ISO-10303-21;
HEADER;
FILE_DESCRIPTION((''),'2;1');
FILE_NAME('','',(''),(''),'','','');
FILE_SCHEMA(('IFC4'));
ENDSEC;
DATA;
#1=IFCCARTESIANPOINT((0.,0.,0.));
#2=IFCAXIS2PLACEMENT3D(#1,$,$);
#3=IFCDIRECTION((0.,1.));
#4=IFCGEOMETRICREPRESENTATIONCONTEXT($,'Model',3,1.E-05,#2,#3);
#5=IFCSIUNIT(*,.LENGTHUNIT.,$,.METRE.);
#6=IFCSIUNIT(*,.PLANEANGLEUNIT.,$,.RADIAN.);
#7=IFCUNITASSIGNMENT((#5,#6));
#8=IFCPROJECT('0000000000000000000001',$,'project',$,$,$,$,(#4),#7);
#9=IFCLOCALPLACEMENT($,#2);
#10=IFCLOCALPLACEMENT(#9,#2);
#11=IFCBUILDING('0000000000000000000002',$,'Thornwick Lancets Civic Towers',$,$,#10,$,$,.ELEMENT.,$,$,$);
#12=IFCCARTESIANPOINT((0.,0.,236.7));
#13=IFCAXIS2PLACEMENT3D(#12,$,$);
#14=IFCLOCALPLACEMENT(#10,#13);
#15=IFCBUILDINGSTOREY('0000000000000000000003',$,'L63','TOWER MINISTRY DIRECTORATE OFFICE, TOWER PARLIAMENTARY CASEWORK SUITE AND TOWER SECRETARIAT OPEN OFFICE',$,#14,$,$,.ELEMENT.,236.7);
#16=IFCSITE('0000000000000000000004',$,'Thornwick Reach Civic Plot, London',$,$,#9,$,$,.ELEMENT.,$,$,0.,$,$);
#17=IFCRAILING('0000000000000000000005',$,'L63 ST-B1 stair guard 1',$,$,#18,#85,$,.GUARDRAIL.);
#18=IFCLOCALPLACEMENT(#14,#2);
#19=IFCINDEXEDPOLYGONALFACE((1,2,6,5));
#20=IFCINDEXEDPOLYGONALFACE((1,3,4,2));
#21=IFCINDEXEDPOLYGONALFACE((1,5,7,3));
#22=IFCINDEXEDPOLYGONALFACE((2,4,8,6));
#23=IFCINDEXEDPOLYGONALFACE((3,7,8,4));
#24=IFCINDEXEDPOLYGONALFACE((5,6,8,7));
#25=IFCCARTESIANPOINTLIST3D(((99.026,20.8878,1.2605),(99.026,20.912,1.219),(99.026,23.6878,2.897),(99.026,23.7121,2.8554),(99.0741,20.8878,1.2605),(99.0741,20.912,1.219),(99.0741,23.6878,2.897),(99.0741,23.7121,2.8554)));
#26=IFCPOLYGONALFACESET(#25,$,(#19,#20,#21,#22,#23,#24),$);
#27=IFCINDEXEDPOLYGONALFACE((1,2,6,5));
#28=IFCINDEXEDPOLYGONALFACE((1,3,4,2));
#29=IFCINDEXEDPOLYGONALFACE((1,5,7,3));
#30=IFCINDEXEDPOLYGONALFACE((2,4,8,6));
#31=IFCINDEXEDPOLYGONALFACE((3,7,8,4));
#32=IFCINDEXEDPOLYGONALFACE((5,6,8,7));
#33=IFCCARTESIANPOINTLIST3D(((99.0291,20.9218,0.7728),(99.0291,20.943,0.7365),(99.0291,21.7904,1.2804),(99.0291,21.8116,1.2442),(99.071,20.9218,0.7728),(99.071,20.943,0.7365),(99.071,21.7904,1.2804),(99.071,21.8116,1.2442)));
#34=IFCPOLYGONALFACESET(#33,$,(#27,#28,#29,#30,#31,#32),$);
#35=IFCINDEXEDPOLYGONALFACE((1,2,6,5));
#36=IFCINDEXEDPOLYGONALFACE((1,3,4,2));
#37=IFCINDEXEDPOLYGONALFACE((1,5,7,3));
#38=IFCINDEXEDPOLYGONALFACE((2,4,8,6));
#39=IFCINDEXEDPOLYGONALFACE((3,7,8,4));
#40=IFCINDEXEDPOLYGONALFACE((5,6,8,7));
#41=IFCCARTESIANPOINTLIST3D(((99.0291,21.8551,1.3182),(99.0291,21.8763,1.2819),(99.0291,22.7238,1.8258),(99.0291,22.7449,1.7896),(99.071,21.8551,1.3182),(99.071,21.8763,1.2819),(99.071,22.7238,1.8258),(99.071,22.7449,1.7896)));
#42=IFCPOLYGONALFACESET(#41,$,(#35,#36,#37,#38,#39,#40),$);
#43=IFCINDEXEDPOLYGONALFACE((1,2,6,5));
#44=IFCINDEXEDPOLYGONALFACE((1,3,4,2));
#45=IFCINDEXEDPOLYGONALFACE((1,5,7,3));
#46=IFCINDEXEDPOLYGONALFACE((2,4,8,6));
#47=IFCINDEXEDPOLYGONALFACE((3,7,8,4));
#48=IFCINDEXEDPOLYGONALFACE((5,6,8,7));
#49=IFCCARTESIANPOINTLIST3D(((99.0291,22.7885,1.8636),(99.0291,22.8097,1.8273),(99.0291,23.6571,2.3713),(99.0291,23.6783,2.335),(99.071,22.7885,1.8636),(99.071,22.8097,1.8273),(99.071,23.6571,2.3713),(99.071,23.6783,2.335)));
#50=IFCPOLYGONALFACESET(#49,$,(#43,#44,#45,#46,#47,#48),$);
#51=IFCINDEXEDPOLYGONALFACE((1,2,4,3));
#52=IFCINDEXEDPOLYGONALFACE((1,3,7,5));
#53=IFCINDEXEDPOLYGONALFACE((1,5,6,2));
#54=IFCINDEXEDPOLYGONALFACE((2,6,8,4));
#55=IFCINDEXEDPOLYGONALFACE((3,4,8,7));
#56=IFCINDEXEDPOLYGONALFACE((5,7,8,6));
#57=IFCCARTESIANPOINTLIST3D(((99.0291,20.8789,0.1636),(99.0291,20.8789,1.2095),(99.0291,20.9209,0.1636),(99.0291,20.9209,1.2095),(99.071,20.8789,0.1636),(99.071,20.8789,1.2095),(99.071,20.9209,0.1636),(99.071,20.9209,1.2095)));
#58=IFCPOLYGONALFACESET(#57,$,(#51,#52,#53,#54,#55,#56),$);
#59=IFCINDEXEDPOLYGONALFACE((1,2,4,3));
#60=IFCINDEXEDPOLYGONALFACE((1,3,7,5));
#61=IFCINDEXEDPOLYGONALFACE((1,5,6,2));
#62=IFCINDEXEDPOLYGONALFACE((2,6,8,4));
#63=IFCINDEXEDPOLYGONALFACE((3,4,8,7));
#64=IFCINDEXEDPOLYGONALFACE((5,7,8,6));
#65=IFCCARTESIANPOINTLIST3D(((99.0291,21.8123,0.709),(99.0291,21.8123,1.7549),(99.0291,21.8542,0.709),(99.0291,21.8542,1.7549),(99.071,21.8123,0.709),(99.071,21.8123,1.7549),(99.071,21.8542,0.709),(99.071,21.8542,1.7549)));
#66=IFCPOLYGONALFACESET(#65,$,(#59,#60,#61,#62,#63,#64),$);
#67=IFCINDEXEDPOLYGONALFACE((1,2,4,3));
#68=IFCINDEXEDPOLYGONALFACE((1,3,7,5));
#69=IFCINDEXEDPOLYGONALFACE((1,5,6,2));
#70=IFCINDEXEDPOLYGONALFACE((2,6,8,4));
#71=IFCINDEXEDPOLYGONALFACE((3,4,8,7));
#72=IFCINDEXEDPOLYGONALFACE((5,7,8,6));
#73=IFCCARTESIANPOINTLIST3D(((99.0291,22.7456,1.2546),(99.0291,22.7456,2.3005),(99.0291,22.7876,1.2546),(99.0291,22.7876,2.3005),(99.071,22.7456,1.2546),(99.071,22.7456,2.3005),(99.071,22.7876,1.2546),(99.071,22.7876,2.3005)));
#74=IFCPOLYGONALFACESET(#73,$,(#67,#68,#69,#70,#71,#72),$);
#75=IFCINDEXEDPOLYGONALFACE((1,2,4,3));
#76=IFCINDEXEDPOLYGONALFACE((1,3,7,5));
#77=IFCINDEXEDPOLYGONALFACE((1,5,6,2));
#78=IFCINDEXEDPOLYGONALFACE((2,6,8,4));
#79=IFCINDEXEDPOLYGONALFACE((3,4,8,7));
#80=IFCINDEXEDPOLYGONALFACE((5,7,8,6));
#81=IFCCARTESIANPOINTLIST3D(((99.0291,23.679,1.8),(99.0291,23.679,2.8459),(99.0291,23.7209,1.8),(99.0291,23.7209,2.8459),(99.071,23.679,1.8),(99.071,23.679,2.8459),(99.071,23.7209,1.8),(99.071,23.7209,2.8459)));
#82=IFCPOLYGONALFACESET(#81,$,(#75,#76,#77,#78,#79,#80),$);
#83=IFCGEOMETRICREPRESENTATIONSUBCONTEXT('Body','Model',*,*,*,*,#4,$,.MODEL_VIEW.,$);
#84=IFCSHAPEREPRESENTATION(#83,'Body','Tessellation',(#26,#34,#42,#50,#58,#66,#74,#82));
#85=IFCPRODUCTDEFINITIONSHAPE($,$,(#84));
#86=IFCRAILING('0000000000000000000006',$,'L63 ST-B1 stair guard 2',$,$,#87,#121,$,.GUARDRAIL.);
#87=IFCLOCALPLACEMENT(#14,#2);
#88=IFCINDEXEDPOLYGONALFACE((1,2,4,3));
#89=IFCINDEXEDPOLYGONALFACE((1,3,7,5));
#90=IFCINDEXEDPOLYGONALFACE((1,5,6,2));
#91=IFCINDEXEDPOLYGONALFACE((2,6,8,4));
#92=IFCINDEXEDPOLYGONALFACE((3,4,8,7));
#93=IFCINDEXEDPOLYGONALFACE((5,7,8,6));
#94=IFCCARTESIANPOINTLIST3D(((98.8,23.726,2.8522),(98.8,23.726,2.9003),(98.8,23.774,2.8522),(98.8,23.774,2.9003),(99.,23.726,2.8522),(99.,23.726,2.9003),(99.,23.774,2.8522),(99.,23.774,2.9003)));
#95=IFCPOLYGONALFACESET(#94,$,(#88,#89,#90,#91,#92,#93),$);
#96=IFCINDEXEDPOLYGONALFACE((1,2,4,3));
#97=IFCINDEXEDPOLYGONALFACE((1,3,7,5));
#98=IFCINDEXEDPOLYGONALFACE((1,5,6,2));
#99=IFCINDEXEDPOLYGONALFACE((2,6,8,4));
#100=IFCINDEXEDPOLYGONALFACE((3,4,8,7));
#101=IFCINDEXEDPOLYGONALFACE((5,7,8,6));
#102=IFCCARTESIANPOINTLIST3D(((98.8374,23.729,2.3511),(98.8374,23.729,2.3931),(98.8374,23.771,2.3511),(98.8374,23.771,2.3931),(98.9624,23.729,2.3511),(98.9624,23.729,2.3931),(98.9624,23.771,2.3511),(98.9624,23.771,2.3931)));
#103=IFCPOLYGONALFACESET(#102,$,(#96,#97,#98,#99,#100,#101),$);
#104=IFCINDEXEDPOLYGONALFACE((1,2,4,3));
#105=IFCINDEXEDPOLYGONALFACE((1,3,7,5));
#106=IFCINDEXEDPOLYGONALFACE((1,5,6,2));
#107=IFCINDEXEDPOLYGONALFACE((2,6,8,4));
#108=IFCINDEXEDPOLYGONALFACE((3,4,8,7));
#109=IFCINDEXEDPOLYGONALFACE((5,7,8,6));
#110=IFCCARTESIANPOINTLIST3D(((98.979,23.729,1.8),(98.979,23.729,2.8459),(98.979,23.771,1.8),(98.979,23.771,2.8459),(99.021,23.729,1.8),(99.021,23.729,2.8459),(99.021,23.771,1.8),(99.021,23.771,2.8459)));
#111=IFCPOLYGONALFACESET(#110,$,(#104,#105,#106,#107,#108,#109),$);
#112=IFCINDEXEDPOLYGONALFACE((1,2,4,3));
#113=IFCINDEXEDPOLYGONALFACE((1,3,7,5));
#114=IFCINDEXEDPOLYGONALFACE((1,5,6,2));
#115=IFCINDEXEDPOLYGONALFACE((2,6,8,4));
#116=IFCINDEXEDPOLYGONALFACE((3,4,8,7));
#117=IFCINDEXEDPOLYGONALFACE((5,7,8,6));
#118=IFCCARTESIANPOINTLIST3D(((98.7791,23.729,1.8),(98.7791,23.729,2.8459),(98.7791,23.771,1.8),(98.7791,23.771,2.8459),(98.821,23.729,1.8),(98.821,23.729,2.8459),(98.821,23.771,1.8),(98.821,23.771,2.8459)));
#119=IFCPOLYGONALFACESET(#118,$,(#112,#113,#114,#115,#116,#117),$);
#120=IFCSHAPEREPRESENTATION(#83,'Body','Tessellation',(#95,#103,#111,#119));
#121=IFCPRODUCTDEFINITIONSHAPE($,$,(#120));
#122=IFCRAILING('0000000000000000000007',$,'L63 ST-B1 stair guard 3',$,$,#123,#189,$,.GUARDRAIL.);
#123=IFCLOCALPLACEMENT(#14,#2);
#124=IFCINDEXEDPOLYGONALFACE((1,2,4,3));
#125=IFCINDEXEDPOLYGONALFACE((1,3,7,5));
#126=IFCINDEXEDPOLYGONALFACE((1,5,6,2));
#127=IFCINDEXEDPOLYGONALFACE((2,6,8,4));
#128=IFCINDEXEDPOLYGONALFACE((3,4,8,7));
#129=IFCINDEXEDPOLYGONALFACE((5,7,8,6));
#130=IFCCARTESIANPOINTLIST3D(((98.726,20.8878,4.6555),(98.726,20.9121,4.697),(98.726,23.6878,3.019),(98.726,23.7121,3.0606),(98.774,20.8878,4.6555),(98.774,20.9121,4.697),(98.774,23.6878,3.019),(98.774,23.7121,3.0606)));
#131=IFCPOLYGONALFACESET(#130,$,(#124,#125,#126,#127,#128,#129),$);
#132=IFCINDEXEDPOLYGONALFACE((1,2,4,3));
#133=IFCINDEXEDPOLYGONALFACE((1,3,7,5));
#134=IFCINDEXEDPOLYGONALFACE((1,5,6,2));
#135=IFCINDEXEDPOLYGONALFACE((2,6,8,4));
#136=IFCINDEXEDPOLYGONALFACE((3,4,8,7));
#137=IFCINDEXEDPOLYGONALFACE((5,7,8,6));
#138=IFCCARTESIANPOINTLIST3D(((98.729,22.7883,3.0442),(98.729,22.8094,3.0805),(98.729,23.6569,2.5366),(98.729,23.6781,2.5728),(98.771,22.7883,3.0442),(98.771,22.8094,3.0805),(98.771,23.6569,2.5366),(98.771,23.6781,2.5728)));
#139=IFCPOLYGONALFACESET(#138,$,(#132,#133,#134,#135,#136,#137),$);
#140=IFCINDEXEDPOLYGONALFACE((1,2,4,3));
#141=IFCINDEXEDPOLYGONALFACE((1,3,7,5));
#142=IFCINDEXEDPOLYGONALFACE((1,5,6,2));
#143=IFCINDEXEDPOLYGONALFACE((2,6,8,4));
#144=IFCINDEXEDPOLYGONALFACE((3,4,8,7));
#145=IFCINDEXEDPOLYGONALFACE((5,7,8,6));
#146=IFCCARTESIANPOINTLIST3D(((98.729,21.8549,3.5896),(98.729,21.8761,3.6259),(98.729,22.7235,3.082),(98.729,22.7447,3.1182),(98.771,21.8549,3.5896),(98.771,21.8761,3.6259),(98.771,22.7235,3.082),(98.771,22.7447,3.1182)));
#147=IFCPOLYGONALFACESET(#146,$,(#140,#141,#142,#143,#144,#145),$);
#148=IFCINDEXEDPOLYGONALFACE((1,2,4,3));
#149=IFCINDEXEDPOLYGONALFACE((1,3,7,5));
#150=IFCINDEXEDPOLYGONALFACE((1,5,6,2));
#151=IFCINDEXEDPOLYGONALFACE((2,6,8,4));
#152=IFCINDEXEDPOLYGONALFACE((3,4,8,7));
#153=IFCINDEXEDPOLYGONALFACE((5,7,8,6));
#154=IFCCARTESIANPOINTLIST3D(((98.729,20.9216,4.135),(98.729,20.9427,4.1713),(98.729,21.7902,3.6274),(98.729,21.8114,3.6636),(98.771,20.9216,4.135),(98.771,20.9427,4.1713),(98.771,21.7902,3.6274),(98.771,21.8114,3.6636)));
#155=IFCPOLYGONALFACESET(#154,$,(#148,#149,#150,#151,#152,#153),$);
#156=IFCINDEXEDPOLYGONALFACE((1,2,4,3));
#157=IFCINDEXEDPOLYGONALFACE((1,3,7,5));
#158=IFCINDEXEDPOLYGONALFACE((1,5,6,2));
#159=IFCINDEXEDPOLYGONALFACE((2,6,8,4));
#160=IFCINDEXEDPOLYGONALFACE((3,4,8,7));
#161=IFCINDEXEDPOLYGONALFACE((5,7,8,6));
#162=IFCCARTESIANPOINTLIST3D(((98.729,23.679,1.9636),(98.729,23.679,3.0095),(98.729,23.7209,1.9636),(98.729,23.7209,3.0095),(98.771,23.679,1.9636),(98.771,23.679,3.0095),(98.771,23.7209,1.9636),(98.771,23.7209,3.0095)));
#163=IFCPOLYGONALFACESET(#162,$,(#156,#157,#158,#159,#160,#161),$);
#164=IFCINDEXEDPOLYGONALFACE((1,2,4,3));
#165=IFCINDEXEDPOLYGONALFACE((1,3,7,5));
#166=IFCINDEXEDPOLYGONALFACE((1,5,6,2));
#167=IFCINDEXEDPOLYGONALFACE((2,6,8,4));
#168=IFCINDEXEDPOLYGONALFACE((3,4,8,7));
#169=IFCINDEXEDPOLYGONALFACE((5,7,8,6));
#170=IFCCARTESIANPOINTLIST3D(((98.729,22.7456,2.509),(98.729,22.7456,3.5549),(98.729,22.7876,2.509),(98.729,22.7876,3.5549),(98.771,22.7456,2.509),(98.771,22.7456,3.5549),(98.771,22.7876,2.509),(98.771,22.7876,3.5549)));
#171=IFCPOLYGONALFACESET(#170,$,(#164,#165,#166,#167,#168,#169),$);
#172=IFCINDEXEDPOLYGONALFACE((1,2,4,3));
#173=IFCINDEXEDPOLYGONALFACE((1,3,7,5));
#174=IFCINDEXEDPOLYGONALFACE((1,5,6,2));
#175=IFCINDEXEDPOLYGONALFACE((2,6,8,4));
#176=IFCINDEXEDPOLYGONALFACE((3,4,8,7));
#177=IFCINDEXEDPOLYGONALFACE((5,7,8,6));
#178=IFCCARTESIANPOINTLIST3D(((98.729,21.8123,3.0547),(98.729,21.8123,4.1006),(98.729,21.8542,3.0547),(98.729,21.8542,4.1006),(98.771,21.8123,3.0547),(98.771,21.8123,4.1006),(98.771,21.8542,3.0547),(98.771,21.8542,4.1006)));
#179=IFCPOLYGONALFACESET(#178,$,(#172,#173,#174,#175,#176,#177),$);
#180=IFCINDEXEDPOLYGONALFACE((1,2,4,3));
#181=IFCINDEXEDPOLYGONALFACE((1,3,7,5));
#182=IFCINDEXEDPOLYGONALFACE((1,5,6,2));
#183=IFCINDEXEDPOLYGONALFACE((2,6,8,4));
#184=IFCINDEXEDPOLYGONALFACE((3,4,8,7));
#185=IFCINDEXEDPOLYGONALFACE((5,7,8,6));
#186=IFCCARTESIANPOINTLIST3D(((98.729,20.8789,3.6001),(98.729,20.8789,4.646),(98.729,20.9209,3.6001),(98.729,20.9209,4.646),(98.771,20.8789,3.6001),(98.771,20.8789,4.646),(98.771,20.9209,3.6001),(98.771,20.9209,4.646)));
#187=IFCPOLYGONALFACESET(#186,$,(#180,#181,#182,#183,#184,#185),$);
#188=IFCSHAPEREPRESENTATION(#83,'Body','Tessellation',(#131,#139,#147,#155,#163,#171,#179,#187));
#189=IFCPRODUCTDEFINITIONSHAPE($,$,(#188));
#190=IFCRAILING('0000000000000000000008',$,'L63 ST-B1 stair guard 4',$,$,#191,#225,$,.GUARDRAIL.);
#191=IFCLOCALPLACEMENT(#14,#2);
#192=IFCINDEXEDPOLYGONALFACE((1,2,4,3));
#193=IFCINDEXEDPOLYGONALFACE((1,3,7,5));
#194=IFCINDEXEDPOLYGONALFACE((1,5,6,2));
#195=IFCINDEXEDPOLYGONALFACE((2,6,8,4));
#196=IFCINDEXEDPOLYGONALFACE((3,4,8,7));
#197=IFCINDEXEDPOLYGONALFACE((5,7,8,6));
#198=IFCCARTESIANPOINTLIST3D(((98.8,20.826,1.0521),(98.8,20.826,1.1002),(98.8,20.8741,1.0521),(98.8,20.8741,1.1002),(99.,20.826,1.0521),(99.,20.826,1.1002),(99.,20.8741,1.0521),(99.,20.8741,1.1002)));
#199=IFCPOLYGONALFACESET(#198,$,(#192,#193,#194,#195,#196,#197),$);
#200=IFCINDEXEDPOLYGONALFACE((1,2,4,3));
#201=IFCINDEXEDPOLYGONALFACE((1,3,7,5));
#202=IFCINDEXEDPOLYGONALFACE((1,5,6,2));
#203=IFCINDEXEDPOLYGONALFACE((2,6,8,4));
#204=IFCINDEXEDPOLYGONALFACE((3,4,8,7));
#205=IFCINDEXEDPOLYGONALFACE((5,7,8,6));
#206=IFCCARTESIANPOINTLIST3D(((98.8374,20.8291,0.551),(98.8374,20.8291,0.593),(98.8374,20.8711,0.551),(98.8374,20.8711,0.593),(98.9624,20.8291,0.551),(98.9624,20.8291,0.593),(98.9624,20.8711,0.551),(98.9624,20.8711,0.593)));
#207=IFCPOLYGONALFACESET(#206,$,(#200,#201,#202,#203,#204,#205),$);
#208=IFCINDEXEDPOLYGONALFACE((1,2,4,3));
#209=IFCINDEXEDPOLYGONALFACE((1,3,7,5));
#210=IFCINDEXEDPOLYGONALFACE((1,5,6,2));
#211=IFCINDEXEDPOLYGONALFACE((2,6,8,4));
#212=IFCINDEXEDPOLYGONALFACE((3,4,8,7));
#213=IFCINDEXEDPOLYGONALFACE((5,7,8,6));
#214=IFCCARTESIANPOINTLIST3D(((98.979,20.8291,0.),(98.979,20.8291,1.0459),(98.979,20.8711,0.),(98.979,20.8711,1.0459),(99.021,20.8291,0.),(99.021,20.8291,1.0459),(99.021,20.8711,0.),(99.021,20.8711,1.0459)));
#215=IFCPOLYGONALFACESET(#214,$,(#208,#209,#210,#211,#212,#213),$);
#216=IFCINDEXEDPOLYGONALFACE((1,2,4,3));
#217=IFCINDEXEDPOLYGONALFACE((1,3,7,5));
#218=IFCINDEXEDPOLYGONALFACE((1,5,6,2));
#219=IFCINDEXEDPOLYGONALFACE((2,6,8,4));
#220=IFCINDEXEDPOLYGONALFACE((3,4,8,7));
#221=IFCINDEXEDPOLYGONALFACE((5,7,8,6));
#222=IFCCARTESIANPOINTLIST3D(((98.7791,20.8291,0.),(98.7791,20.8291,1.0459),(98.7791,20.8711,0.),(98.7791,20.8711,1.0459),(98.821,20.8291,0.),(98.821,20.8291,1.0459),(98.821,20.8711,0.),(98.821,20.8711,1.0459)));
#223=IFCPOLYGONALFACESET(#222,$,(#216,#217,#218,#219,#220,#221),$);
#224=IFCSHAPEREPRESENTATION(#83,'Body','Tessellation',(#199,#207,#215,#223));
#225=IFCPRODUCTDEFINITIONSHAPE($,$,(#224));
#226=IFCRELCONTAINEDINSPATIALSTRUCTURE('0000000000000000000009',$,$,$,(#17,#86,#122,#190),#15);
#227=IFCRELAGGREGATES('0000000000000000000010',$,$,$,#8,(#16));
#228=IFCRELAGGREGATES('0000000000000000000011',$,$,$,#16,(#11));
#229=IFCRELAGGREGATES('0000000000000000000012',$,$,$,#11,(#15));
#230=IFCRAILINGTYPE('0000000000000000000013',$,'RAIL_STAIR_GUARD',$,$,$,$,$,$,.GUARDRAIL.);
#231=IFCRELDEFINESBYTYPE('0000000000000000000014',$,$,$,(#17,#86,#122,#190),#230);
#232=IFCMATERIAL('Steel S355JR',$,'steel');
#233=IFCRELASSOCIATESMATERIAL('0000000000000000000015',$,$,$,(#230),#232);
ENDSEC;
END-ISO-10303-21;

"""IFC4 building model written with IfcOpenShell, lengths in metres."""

from ifc_helpers import new_model, si_unit, direction, frame, origin, origin_2d, place, context, subcontext, project, spatial, rectangle, extrude, material, type_object, element, save


model = new_model("IFC4")

# Units and contexts
model_context = context("Model", 3, precision=1e-05, world=origin(), true_north=direction((0.0, 1.0)))
body_context = subcontext(model_context, "Body", "Model", "MODEL_VIEW")
ifc_project = project(units=[si_unit("LENGTHUNIT", "METRE"), si_unit("PLANEANGLEUNIT", "RADIAN")], contexts=[model_context])

# Site, building, storey
site_placement = place(None, origin())
site = spatial("IfcSite", under=ifc_project, at=site_placement, Name="Thornwick Reach Civic Plot, London", CompositionType="ELEMENT", RefElevation=0.0)
building_placement = place(site_placement, origin())
building = spatial("IfcBuilding", under=site, at=building_placement, Name="Thornwick Lancets Civic Towers", CompositionType="ELEMENT")
storey_placement = place(building_placement, frame((0.0, 0.0, 236.7)))
storey = spatial("IfcBuildingStorey", under=building, at=storey_placement, Name="L63", Description="TOWER MINISTRY DIRECTORATE OFFICE, TOWER PARLIAMENTARY CASEWORK SUITE AND TOWER SECRETARIAT OPEN OFFICE", CompositionType="ELEMENT", Elevation=236.7)

# Railings
ifc_material_1 = material(Name="Steel S355JR", Category="steel")
railing_type_1 = type_object("IfcRailingType", Name="RAIL_STAIR_GUARD", PredefinedType="GUARDRAIL", material=ifc_material_1)
railing_1_placement = place(storey_placement, frame((99.05, 20.8999, 0.1636)))
element("IfcRailing", 1, at=railing_1_placement, inside=storey, type_object=railing_type_1, Name="L63 ST-B1 stair guard 1", PredefinedType="GUARDRAIL", context=body_context, shape_type="SweptSolid", body=[
    extrude(rectangle(XDim=0.0481, YDim=0.0481, at=origin_2d()), frame((0.0, 0.0, 1.0762), z_axis=(0.0, 0.863361, 0.504587), x_axis=(-1.0, 0.0, 0.0)), (0.0, 0.0, 1.0), 3.2432),
    extrude(rectangle(XDim=0.042, YDim=0.042, at=origin_2d()), frame((0.0, 0.0325, 0.5911), z_axis=(0.0, 0.863361, 0.504587), x_axis=(-1.0, 0.0, 0.0)), (0.0, 0.0, 1.0), 1.0061),
    extrude(rectangle(XDim=0.042, YDim=0.042, at=origin_2d()), frame((0.0, 0.9658, 1.1365), z_axis=(0.0, 0.863361, 0.504587), x_axis=(-1.0, 0.0, 0.0)), (0.0, 0.0, 1.0), 1.0061),
    extrude(rectangle(XDim=0.042, YDim=0.042, at=origin_2d()), frame((0.0, 1.8992, 1.6819), z_axis=(0.0, 0.863361, 0.504587), x_axis=(-1.0, 0.0, 0.0)), (0.0, 0.0, 1.0), 1.0061),
    extrude(rectangle(XDim=0.042, YDim=0.042, at=origin_2d()), origin(), (0.0, 0.0, 1.0), 1.0459),
    extrude(rectangle(XDim=0.042, YDim=0.042, at=origin_2d()), frame((0.0, 0.9333, 0.5454)), (0.0, 0.0, 1.0), 1.0459),
    extrude(rectangle(XDim=0.042, YDim=0.042, at=origin_2d()), frame((0.0, 1.8667, 1.0911)), (0.0, 0.0, 1.0), 1.0459),
    extrude(rectangle(XDim=0.042, YDim=0.042, at=origin_2d()), frame((0.0, 2.8, 1.6365)), (0.0, 0.0, 1.0), 1.0459),
])
railing_2_placement = place(storey_placement, frame((99.0, 23.75, 1.8)))
element("IfcRailing", 2, at=railing_2_placement, inside=storey, type_object=railing_type_1, Name="L63 ST-B1 stair guard 2", PredefinedType="GUARDRAIL", context=body_context, shape_type="SweptSolid", body=[
    extrude(rectangle(XDim=0.0481, YDim=0.0481, at=origin_2d()), frame((0.0, 0.0, 1.0762), z_axis=(-1.0, 0.0, 0.0), x_axis=(0.0, -1.0, 0.0)), (0.0, 0.0, 1.0), 0.2),
    extrude(rectangle(XDim=0.042, YDim=0.042, at=origin_2d()), frame((-0.0376, 0.0, 0.572), z_axis=(-1.0, 0.0, 0.0), x_axis=(0.0, -1.0, 0.0)), (0.0, 0.0, 1.0), 0.125),
    extrude(rectangle(XDim=0.042, YDim=0.042, at=origin_2d()), origin(), (0.0, 0.0, 1.0), 1.0459),
    extrude(rectangle(XDim=0.042, YDim=0.042, at=origin_2d()), frame((-0.2, 0.0, 0.0)), (0.0, 0.0, 1.0), 1.0459),
])
railing_3_placement = place(storey_placement, frame((98.75, 23.7, 1.9636)))
element("IfcRailing", 3, at=railing_3_placement, inside=storey, type_object=railing_type_1, Name="L63 ST-B1 stair guard 3", PredefinedType="GUARDRAIL", context=body_context, shape_type="SweptSolid", body=[
    extrude(rectangle(XDim=0.0481, YDim=0.0481, at=origin_2d()), frame((0.0, 0.0, 1.0762), z_axis=(0.0, -0.863361, 0.504587), x_axis=(1.0, 0.0, 0.0)), (0.0, 0.0, 1.0), 3.2432),
    extrude(rectangle(XDim=0.042, YDim=0.042, at=origin_2d()), frame((0.0, -0.0325, 0.5911), z_axis=(0.0, -0.863361, 0.504587), x_axis=(1.0, 0.0, 0.0)), (0.0, 0.0, 1.0), 1.0061),
    extrude(rectangle(XDim=0.042, YDim=0.042, at=origin_2d()), frame((0.0, -0.9658, 1.1365), z_axis=(0.0, -0.863361, 0.504587), x_axis=(1.0, 0.0, 0.0)), (0.0, 0.0, 1.0), 1.0061),
    extrude(rectangle(XDim=0.042, YDim=0.042, at=origin_2d()), frame((0.0, -1.8992, 1.6819), z_axis=(0.0, -0.863361, 0.504587), x_axis=(1.0, 0.0, 0.0)), (0.0, 0.0, 1.0), 1.0061),
    extrude(rectangle(XDim=0.042, YDim=0.042, at=origin_2d()), origin(), (0.0, 0.0, 1.0), 1.0459),
    extrude(rectangle(XDim=0.042, YDim=0.042, at=origin_2d()), frame((0.0, -0.9333, 0.5454)), (0.0, 0.0, 1.0), 1.0459),
    extrude(rectangle(XDim=0.042, YDim=0.042, at=origin_2d()), frame((0.0, -1.8667, 1.0911)), (0.0, 0.0, 1.0), 1.0459),
    extrude(rectangle(XDim=0.042, YDim=0.042, at=origin_2d()), frame((0.0, -2.8, 1.6365)), (0.0, 0.0, 1.0), 1.0459),
])
railing_4_placement = place(storey_placement, frame((99.0, 20.8501, 0.0)))
element("IfcRailing", 4, at=railing_4_placement, inside=storey, type_object=railing_type_1, Name="L63 ST-B1 stair guard 4", PredefinedType="GUARDRAIL", context=body_context, shape_type="SweptSolid", body=[
    extrude(rectangle(XDim=0.0481, YDim=0.0481, at=origin_2d()), frame((0.0, 0.0, 1.0762), z_axis=(-1.0, 0.0, 0.0), x_axis=(0.0, -1.0, 0.0)), (0.0, 0.0, 1.0), 0.2),
    extrude(rectangle(XDim=0.042, YDim=0.042, at=origin_2d()), frame((-0.0376, 0.0, 0.572), z_axis=(-1.0, 0.0, 0.0), x_axis=(0.0, -1.0, 0.0)), (0.0, 0.0, 1.0), 0.125),
    extrude(rectangle(XDim=0.042, YDim=0.042, at=origin_2d()), origin(), (0.0, 0.0, 1.0), 1.0459),
    extrude(rectangle(XDim=0.042, YDim=0.042, at=origin_2d()), frame((-0.2, 0.0, 0.0)), (0.0, 0.0, 1.0), 1.0459),
])

save(model, "model.ifc")
